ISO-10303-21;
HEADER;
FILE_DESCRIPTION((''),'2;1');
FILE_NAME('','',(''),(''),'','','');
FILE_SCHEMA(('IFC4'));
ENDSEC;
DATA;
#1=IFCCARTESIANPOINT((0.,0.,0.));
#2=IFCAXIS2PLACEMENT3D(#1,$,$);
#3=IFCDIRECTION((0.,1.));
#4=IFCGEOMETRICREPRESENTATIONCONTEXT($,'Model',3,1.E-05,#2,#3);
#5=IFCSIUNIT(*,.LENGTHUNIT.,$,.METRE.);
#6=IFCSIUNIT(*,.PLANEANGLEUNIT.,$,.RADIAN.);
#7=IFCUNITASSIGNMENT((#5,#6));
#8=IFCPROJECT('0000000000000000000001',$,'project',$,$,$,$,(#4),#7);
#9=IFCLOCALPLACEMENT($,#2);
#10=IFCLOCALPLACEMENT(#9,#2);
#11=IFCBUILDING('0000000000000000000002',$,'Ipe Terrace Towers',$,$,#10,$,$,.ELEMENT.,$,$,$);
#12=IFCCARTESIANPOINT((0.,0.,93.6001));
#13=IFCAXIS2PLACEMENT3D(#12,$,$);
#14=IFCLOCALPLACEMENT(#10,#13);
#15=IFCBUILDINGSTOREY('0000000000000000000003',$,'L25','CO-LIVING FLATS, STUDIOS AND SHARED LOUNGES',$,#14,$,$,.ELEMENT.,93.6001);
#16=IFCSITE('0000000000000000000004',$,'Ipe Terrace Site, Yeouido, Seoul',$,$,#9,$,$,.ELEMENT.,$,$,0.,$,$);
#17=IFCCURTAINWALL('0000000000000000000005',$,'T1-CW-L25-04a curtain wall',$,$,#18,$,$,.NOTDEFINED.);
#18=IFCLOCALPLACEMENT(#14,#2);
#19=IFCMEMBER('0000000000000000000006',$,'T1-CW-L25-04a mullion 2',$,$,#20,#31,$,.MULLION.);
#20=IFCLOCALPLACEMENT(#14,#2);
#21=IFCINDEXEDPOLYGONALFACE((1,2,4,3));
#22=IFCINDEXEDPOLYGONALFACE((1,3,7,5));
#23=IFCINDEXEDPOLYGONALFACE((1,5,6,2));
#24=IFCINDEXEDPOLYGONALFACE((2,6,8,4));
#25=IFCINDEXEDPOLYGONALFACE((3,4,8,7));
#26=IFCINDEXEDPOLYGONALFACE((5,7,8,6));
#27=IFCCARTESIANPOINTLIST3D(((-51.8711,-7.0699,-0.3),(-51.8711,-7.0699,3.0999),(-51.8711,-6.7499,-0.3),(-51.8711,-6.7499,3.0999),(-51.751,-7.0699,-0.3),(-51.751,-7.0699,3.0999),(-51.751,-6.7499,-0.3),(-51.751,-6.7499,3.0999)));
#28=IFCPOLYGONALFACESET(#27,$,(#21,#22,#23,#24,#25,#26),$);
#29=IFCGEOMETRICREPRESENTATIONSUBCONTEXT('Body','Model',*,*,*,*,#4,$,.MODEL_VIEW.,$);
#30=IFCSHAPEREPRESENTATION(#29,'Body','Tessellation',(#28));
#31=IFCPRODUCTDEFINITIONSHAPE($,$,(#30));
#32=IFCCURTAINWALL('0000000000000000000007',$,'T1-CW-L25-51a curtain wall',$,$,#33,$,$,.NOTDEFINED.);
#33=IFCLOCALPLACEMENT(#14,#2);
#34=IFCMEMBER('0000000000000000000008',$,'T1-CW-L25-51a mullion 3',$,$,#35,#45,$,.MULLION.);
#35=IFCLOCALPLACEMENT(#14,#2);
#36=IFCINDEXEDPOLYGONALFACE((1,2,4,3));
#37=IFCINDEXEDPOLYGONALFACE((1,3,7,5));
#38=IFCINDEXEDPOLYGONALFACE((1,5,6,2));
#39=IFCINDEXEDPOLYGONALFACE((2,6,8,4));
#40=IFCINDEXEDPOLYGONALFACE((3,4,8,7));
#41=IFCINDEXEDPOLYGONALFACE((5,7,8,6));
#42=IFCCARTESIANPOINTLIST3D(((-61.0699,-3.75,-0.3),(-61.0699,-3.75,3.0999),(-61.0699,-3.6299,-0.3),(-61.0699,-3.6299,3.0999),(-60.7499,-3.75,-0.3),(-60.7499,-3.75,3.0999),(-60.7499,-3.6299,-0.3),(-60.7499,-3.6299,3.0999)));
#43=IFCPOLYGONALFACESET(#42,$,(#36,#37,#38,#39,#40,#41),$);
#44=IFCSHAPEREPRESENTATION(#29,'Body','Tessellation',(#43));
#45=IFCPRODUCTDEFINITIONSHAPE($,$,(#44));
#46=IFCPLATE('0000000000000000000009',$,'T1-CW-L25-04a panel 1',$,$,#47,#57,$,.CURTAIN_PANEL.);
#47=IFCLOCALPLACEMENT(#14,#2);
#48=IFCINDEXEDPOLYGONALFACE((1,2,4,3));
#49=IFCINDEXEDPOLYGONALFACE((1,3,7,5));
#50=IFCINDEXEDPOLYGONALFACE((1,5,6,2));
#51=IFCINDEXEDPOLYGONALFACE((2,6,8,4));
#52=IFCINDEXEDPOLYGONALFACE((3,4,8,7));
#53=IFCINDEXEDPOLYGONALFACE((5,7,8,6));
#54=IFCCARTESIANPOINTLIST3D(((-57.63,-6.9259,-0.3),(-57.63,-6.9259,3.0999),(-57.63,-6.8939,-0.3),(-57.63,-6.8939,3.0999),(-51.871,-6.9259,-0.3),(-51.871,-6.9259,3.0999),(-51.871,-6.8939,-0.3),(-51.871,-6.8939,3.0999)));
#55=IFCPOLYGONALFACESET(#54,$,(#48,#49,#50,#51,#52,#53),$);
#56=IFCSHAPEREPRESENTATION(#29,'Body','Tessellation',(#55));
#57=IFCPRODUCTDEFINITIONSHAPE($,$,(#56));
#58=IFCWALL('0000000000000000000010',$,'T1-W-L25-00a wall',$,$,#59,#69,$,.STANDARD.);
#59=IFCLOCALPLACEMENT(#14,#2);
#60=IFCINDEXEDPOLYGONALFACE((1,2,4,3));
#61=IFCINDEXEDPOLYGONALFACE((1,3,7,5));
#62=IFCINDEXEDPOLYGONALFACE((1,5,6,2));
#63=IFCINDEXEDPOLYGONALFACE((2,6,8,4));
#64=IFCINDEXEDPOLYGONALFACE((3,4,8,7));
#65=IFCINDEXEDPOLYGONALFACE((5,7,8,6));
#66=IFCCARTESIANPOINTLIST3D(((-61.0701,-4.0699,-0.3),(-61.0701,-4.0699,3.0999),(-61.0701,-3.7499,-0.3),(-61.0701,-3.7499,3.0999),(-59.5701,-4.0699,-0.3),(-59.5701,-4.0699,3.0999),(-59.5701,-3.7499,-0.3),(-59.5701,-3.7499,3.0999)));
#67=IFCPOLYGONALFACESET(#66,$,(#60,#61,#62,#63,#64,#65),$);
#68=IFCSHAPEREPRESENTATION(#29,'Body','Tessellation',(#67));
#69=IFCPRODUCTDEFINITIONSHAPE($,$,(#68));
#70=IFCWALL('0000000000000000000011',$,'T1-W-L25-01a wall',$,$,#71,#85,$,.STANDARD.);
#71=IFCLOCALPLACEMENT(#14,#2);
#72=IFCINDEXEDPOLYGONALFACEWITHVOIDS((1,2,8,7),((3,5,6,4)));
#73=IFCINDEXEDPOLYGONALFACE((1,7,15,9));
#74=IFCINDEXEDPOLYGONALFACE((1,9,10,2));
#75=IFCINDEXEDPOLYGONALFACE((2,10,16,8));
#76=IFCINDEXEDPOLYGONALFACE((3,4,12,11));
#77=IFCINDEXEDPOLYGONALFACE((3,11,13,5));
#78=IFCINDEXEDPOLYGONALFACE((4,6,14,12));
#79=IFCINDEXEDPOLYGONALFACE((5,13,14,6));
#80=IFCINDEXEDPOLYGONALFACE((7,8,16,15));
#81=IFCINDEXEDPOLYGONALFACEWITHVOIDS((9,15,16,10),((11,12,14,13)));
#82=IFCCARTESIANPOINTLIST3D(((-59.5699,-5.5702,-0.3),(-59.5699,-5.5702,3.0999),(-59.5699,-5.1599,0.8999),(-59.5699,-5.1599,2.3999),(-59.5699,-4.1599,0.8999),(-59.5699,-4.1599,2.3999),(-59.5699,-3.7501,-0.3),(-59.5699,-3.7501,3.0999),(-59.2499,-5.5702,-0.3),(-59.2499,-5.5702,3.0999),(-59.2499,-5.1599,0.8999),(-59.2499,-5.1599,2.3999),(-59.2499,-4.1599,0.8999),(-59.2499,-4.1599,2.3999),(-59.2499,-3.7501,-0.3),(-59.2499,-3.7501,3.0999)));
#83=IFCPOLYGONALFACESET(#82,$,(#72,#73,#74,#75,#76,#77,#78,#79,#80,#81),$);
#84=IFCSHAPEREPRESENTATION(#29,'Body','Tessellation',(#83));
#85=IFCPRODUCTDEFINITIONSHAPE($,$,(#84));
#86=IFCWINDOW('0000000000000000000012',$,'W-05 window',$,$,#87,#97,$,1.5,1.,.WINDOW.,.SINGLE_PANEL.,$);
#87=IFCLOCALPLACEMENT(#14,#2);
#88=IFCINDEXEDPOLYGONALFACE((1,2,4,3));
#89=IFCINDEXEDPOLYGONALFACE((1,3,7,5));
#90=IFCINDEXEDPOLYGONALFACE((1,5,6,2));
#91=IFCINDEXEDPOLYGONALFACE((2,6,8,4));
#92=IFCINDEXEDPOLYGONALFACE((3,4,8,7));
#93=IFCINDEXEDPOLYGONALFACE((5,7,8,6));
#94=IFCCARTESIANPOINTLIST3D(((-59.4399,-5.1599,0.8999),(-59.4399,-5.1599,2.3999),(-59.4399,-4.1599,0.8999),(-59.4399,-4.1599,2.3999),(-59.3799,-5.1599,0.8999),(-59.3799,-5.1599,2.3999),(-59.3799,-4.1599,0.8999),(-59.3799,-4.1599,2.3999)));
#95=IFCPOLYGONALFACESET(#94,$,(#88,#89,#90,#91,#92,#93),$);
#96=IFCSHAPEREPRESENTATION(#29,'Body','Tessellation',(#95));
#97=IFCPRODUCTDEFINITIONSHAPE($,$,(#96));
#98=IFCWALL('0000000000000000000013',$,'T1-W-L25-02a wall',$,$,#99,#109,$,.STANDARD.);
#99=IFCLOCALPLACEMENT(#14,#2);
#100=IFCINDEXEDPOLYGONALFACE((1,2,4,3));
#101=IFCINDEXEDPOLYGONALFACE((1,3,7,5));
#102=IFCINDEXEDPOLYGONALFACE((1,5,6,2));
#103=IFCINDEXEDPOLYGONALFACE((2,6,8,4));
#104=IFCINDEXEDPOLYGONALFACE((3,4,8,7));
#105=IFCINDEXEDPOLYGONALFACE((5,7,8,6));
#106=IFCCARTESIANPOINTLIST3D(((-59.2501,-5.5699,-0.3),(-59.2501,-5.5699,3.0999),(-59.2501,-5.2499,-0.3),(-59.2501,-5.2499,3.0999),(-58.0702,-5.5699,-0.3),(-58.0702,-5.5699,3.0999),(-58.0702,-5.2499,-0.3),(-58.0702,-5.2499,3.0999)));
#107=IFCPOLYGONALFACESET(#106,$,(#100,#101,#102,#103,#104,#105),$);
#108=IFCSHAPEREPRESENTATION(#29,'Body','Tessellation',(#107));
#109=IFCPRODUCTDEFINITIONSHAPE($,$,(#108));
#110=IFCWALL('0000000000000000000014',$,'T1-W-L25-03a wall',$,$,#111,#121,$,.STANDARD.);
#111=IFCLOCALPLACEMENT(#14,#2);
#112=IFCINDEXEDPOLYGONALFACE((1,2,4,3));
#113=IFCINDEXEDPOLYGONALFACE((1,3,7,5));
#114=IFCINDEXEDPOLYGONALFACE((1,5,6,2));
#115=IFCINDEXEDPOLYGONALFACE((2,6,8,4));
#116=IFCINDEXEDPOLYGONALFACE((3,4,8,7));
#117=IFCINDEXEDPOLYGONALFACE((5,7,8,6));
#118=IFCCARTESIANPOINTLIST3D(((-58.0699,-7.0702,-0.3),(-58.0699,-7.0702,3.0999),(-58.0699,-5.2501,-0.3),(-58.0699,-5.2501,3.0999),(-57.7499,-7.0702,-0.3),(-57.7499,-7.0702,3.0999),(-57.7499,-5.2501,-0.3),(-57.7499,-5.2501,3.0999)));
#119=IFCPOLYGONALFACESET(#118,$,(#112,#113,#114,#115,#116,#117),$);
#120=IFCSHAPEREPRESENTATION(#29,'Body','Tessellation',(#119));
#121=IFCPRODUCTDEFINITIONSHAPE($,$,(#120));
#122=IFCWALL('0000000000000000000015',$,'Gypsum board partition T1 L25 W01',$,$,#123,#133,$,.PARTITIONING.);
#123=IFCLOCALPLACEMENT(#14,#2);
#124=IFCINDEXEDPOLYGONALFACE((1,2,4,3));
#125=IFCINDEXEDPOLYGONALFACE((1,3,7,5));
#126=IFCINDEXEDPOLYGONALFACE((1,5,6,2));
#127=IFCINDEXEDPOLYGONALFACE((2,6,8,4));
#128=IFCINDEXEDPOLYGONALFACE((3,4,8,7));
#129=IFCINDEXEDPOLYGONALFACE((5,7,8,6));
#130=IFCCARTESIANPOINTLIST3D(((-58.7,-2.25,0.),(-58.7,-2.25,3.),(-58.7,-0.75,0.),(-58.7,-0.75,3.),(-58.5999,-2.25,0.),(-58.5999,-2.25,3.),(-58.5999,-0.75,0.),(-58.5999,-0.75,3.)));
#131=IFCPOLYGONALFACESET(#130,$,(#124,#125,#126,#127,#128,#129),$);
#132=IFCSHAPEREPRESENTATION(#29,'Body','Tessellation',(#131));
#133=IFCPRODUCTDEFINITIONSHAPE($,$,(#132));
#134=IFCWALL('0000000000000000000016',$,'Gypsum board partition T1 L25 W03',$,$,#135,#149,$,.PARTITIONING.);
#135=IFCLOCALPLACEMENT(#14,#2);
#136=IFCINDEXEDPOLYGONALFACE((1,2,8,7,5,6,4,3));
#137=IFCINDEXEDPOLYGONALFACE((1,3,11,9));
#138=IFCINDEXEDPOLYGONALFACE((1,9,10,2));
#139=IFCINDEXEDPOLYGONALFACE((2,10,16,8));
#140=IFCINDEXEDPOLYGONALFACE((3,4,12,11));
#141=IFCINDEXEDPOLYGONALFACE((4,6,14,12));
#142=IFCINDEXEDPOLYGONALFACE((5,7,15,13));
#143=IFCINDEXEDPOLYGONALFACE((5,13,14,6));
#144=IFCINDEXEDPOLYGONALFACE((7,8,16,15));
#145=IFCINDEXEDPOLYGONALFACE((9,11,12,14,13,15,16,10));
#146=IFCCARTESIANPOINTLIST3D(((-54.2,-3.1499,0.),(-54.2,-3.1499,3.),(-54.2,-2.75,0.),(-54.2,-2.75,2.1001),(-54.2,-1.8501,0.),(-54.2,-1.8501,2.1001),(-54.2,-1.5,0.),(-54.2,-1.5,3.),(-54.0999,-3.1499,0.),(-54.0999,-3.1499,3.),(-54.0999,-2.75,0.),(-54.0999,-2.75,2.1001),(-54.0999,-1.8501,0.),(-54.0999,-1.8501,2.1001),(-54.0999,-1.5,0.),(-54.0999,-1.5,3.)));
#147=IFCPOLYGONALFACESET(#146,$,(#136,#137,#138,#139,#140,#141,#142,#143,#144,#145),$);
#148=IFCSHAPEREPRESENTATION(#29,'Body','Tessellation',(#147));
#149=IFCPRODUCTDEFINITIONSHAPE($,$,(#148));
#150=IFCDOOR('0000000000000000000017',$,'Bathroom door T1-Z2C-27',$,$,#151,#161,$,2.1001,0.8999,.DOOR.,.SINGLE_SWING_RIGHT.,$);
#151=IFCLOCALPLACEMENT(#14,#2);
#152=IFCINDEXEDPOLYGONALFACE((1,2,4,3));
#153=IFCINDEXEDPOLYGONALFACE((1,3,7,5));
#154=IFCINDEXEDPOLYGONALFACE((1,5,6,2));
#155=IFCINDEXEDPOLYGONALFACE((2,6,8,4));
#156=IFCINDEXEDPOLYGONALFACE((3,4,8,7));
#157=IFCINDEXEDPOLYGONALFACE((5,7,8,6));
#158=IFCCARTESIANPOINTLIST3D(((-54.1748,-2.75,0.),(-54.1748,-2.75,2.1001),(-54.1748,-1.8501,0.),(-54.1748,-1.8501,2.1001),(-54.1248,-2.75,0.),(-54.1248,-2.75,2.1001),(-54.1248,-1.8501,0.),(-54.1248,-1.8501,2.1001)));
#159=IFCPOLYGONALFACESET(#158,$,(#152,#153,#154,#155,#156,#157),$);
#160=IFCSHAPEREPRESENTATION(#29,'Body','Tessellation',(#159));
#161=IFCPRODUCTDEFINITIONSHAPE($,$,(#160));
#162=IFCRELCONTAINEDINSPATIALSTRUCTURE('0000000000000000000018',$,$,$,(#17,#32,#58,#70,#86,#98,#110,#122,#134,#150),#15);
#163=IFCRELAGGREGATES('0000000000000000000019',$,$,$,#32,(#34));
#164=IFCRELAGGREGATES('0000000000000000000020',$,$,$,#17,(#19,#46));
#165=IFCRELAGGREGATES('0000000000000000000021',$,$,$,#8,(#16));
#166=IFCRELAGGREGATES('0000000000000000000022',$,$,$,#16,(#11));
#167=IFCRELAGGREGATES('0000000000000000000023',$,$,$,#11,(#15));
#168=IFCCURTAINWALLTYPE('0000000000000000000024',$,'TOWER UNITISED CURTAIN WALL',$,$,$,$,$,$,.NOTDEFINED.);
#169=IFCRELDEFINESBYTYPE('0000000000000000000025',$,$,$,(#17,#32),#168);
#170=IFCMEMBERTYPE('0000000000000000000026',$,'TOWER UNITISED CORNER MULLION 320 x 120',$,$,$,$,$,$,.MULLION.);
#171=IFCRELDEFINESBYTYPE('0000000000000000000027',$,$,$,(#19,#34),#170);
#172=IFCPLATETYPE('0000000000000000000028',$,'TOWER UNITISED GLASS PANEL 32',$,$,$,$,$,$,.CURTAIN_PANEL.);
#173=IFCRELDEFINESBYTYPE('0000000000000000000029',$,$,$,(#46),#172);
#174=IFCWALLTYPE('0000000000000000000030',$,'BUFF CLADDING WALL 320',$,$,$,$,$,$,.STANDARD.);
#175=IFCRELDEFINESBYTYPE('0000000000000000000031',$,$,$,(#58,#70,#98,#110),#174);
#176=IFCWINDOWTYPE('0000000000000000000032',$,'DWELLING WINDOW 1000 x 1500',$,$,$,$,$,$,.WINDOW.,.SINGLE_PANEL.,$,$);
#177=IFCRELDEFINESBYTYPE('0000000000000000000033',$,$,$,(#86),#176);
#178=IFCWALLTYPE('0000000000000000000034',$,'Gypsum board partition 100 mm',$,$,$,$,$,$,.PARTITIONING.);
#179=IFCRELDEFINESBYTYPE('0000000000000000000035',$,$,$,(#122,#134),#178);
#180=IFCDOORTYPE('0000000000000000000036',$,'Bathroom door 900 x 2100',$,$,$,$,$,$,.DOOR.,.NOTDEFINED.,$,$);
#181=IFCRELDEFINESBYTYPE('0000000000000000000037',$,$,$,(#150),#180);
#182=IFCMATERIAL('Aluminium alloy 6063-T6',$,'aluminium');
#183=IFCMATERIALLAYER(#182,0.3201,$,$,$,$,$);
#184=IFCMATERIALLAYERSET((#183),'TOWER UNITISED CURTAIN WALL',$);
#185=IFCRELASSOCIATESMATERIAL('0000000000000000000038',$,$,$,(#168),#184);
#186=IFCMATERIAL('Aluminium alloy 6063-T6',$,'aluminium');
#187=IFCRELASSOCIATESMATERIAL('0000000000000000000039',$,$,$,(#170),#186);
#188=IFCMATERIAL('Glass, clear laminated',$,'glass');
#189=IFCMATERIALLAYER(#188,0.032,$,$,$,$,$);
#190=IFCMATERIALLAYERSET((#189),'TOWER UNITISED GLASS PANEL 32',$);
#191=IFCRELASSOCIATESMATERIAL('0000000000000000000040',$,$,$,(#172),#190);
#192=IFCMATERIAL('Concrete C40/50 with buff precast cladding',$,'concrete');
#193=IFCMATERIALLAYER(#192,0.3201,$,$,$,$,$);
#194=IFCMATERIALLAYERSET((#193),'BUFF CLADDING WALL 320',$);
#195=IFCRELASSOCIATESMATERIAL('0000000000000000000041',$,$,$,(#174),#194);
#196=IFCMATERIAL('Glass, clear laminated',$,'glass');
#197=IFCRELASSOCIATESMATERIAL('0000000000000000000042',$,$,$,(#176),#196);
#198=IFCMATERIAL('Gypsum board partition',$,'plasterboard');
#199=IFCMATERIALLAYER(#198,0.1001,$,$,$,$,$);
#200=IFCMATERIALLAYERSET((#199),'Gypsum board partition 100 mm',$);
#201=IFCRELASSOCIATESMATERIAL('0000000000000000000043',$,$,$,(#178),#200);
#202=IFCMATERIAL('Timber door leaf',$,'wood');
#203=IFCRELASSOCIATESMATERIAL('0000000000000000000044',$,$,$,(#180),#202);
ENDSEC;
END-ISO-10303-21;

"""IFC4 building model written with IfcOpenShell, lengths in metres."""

from ifc_helpers import new_model, si_unit, direction, frame, frame_2d, origin, origin_2d, place, context, subcontext, project, spatial, rectangle, extrude, material, layer, layer_set, material_profile, profile_set, type_object, element, fill, aggregate, save


model = new_model("IFC4")

# Units and contexts
model_context = context("Model", 3, precision=1e-05, world=origin(), true_north=direction((0.0, 1.0)))
body_context = subcontext(model_context, "Body", "Model", "MODEL_VIEW")
ifc_project = project(units=[si_unit("LENGTHUNIT", "METRE"), si_unit("PLANEANGLEUNIT", "RADIAN")], contexts=[model_context])

# Site, building, storey
site_placement = place(None, origin())
site = spatial("IfcSite", under=ifc_project, at=site_placement, Name="Ipe Terrace Site, Yeouido, Seoul", CompositionType="ELEMENT", RefElevation=0.0)
building_placement = place(site_placement, origin())
building = spatial("IfcBuilding", under=site, at=building_placement, Name="Ipe Terrace Towers", CompositionType="ELEMENT")
storey_placement = place(building_placement, frame((0.0, 0.0, 93.6001)))
storey = spatial("IfcBuildingStorey", under=building, at=storey_placement, Name="L25", Description="CO-LIVING FLATS, STUDIOS AND SHARED LOUNGES", CompositionType="ELEMENT", Elevation=93.6001)

# Curtain wall, member
ifc_material_1 = material(Name="Aluminium alloy 6063-T6", Category="aluminium")
ifc_layer_1 = layer(ifc_material_1, 0.3201)
ifc_layer_set_1 = layer_set([ifc_layer_1], Name="TOWER UNITISED CURTAIN WALL")
curtain_wall_type = type_object("IfcCurtainWallType", Name="TOWER UNITISED CURTAIN WALL", PredefinedType="NOTDEFINED", material=ifc_layer_set_1)
curtain_wall_1_placement = place(storey_placement, origin())
curtain_wall_1 = element("IfcCurtainWall", 1, at=curtain_wall_1_placement, inside=storey, type_object=curtain_wall_type, Name="T1-CW-L25-04a curtain wall", PredefinedType="NOTDEFINED")
ifc_material_2 = material(Name="Aluminium alloy 6063-T6", Category="aluminium")
ifc_material_profile_1 = material_profile(ifc_material_2, rectangle(XDim=0.3201, YDim=0.1201, at=origin_2d()), Name="TOWER UNITISED CORNER MULLION 320 x 120")
ifc_profile_set_1 = profile_set([ifc_material_profile_1], Name="Aluminium alloy 6063-T6")
member_type = type_object("IfcMemberType", Name="TOWER UNITISED CORNER MULLION 320 x 120", PredefinedType="MULLION", material=ifc_profile_set_1)
member_1_placement = place(storey_placement, frame((-51.811, -6.9099, -0.3), z_axis=(0.0, 0.0, 1.0), x_axis=(0.0, -1.0, 0.0)))
member_1 = element("IfcMember", 2, at=member_1_placement, type_object=member_type, Name="T1-CW-L25-04a mullion 2", PredefinedType="MULLION", context=body_context, shape_type="SweptSolid", body=[
    extrude(rectangle(XDim=0.3201, YDim=0.1201, at=origin_2d()), origin(), (0.0, 0.0, 1.0), 3.3999),
])

# Curtain wall, member
curtain_wall_2_placement = place(storey_placement, origin())
curtain_wall_2 = element("IfcCurtainWall", 3, at=curtain_wall_2_placement, inside=storey, type_object=curtain_wall_type, Name="T1-CW-L25-51a curtain wall", PredefinedType="NOTDEFINED")
member_2_placement = place(storey_placement, frame((-60.9099, -3.6899, -0.3), z_axis=(0.0, 0.0, 1.0), x_axis=(-1.0, 0.0, 0.0)))
member_2 = element("IfcMember", 4, at=member_2_placement, type_object=member_type, Name="T1-CW-L25-51a mullion 3", PredefinedType="MULLION", context=body_context, shape_type="SweptSolid", body=[
    extrude(rectangle(XDim=0.3201, YDim=0.1201, at=origin_2d()), origin(), (0.0, 0.0, 1.0), 3.3999),
])
aggregate(curtain_wall_2, [member_2])

# Plate
ifc_material_3 = material(Name="Glass, clear laminated", Category="glass")
ifc_layer_2 = layer(ifc_material_3, 0.032)
ifc_layer_set_2 = layer_set([ifc_layer_2], Name="TOWER UNITISED GLASS PANEL 32")
plate_type = type_object("IfcPlateType", Name="TOWER UNITISED GLASS PANEL 32", PredefinedType="CURTAIN_PANEL", material=ifc_layer_set_2)
plate_placement = place(storey_placement, frame((-54.7505, -6.9099, -0.3), z_axis=(0.0, 0.0, 1.0), x_axis=(1.0, 0.0, 0.0)))
plate = element("IfcPlate", 5, at=plate_placement, type_object=plate_type, Name="T1-CW-L25-04a panel 1", PredefinedType="CURTAIN_PANEL", context=body_context, shape_type="SweptSolid", body=[
    extrude(rectangle(XDim=5.759, YDim=0.032, at=origin_2d()), origin(), (0.0, 0.0, 1.0), 3.3999),
])
aggregate(curtain_wall_1, [member_1, plate])

# Wall
ifc_material_4 = material(Name="Concrete C40/50 with buff precast cladding", Category="concrete")
ifc_layer_3 = layer(ifc_material_4, 0.3201)
ifc_layer_set_3 = layer_set([ifc_layer_3], Name="BUFF CLADDING WALL 320")
wall_type_1 = type_object("IfcWallType", Name="BUFF CLADDING WALL 320", PredefinedType="STANDARD", material=ifc_layer_set_3)
wall_1_placement = place(storey_placement, frame((-61.0701, -3.9099, -0.3), z_axis=(0.0, 0.0, 1.0), x_axis=(1.0, 0.0, 0.0)))
element("IfcWall", 6, at=wall_1_placement, inside=storey, type_object=wall_type_1, Name="T1-W-L25-00a wall", PredefinedType="STANDARD", context=body_context, shape_type="SweptSolid", body=[
    extrude(rectangle(XDim=1.5, YDim=0.3201, at=frame_2d((0.75, 0.0))), origin(), (0.0, 0.0, 1.0), 3.3999),
])

# Wall, opening, window
wall_2_placement = place(storey_placement, frame((-59.4099, -3.75, -0.3), z_axis=(0.0, 0.0, 1.0), x_axis=(0.0, -1.0, 0.0)))
wall_2 = element("IfcWall", 7, at=wall_2_placement, inside=storey, type_object=wall_type_1, Name="T1-W-L25-01a wall", PredefinedType="STANDARD", context=body_context, shape_type="SweptSolid", body=[
    extrude(rectangle(XDim=1.8201, YDim=0.3201, at=frame_2d((0.9102, 0.0))), origin(), (0.0, 0.0, 1.0), 3.3999),
])
opening_1_placement = place(wall_2_placement, frame((0.4099, 0.0, 1.2)))
opening_1 = element("IfcOpeningElement", 8, at=opening_1_placement, cuts=wall_2, PredefinedType="OPENING", context=body_context, shape_type="SweptSolid", body=[
    extrude(rectangle(XDim=1.0, YDim=1.5, at=frame_2d((0.5, 0.75))), frame((0.0, 0.1699, 0.0), z_axis=(0.0, -1.0, 0.0), x_axis=(1.0, 0.0, 0.0)), (0.0, 0.0, 1.0), 0.3401),
])
ifc_material_5 = material(Name="Glass, clear laminated", Category="glass")
window_type = type_object("IfcWindowType", Name="DWELLING WINDOW 1000 x 1500", PartitioningType="SINGLE_PANEL", PredefinedType="WINDOW", material=ifc_material_5)
window_placement = place(opening_1_placement, origin())
window = element("IfcWindow", 9, at=window_placement, inside=storey, type_object=window_type, Name="W-05 window", OverallHeight=1.5, OverallWidth=1.0, PartitioningType="SINGLE_PANEL", PredefinedType="WINDOW", context=body_context, shape_type="SweptSolid", body=[
    extrude(rectangle(XDim=1.0, YDim=1.5, at=frame_2d((0.5, 0.75))), frame((0.0, 0.03, 0.0), z_axis=(0.0, -1.0, 0.0), x_axis=(1.0, 0.0, 0.0)), (0.0, 0.0, 1.0), 0.0601),
])
fill(opening_1, window)

# Walls
wall_3_placement = place(storey_placement, frame((-59.25, -5.4099, -0.3), z_axis=(0.0, 0.0, 1.0), x_axis=(1.0, 0.0, 0.0)))
element("IfcWall", 10, at=wall_3_placement, inside=storey, type_object=wall_type_1, Name="T1-W-L25-02a wall", PredefinedType="STANDARD", context=body_context, shape_type="SweptSolid", body=[
    extrude(rectangle(XDim=1.1799, YDim=0.3201, at=frame_2d((0.5898, 0.0))), origin(), (0.0, 0.0, 1.0), 3.3999),
])
wall_4_placement = place(storey_placement, frame((-57.9099, -5.25, -0.3), z_axis=(0.0, 0.0, 1.0), x_axis=(0.0, -1.0, 0.0)))
element("IfcWall", 11, at=wall_4_placement, inside=storey, type_object=wall_type_1, Name="T1-W-L25-03a wall", PredefinedType="STANDARD", context=body_context, shape_type="SweptSolid", body=[
    extrude(rectangle(XDim=1.8201, YDim=0.3201, at=frame_2d((0.9102, 0.0))), origin(), (0.0, 0.0, 1.0), 3.3999),
])
ifc_material_6 = material(Name="Gypsum board partition", Category="plasterboard")
ifc_layer_4 = layer(ifc_material_6, 0.1001)
ifc_layer_set_4 = layer_set([ifc_layer_4], Name="Gypsum board partition 100 mm")
wall_type_2 = type_object("IfcWallType", Name="Gypsum board partition 100 mm", PredefinedType="PARTITIONING", material=ifc_layer_set_4)
wall_5_placement = place(storey_placement, frame((-58.6499, -2.25, 0.0), z_axis=(0.0, 0.0, 1.0), x_axis=(0.0, 1.0, 0.0)))
element("IfcWall", 12, at=wall_5_placement, inside=storey, type_object=wall_type_2, Name="Gypsum board partition T1 L25 W01", PredefinedType="PARTITIONING", context=body_context, shape_type="SweptSolid", body=[
    extrude(rectangle(XDim=1.5, YDim=0.1001, at=frame_2d((0.75, 0.0))), origin(), (0.0, 0.0, 1.0), 3.0),
])

# Wall, opening, door
wall_6_placement = place(storey_placement, frame((-54.1499, -3.1499, 0.0), z_axis=(0.0, 0.0, 1.0), x_axis=(0.0, 1.0, 0.0)))
wall_6 = element("IfcWall", 13, at=wall_6_placement, inside=storey, type_object=wall_type_2, Name="Gypsum board partition T1 L25 W03", PredefinedType="PARTITIONING", context=body_context, shape_type="SweptSolid", body=[
    extrude(rectangle(XDim=1.6499, YDim=0.1001, at=frame_2d((0.825, 0.0))), origin(), (0.0, 0.0, 1.0), 3.0),
])
opening_2_placement = place(wall_6_placement, frame((0.3999, 0.0, 0.0)))
opening_2 = element("IfcOpeningElement", 14, at=opening_2_placement, cuts=wall_6, PredefinedType="OPENING", context=body_context, shape_type="SweptSolid", body=[
    extrude(rectangle(XDim=0.8999, YDim=2.1001, at=frame_2d((0.45, 1.05))), frame((0.0, 0.0601, 0.0), z_axis=(0.0, -1.0, 0.0), x_axis=(1.0, 0.0, 0.0)), (0.0, 0.0, 1.0), 0.1201),
])
ifc_material_7 = material(Name="Timber door leaf", Category="wood")
door_type_1 = type_object("IfcDoorType", Name="Bathroom door 900 x 2100", OperationType="NOTDEFINED", PredefinedType="DOOR", material=ifc_material_7)
door_1_placement = place(opening_2_placement, origin())
door_1 = element("IfcDoor", 15, at=door_1_placement, inside=storey, type_object=door_type_1, Name="Bathroom door T1-Z2C-27", OperationType="SINGLE_SWING_RIGHT", OverallHeight=2.1001, OverallWidth=0.8999, PredefinedType="DOOR", context=body_context, shape_type="SweptSolid", body=[
    extrude(rectangle(XDim=0.8999, YDim=2.1001, at=frame_2d((0.45, 1.05))), frame((0.0, 0.0249, 0.0), z_axis=(0.0, -1.0, 0.0), x_axis=(1.0, 0.0, 0.0)), (0.0, 0.0, 1.0), 0.05),
])
fill(opening_2, door_1)

save(model, "model.ifc")
